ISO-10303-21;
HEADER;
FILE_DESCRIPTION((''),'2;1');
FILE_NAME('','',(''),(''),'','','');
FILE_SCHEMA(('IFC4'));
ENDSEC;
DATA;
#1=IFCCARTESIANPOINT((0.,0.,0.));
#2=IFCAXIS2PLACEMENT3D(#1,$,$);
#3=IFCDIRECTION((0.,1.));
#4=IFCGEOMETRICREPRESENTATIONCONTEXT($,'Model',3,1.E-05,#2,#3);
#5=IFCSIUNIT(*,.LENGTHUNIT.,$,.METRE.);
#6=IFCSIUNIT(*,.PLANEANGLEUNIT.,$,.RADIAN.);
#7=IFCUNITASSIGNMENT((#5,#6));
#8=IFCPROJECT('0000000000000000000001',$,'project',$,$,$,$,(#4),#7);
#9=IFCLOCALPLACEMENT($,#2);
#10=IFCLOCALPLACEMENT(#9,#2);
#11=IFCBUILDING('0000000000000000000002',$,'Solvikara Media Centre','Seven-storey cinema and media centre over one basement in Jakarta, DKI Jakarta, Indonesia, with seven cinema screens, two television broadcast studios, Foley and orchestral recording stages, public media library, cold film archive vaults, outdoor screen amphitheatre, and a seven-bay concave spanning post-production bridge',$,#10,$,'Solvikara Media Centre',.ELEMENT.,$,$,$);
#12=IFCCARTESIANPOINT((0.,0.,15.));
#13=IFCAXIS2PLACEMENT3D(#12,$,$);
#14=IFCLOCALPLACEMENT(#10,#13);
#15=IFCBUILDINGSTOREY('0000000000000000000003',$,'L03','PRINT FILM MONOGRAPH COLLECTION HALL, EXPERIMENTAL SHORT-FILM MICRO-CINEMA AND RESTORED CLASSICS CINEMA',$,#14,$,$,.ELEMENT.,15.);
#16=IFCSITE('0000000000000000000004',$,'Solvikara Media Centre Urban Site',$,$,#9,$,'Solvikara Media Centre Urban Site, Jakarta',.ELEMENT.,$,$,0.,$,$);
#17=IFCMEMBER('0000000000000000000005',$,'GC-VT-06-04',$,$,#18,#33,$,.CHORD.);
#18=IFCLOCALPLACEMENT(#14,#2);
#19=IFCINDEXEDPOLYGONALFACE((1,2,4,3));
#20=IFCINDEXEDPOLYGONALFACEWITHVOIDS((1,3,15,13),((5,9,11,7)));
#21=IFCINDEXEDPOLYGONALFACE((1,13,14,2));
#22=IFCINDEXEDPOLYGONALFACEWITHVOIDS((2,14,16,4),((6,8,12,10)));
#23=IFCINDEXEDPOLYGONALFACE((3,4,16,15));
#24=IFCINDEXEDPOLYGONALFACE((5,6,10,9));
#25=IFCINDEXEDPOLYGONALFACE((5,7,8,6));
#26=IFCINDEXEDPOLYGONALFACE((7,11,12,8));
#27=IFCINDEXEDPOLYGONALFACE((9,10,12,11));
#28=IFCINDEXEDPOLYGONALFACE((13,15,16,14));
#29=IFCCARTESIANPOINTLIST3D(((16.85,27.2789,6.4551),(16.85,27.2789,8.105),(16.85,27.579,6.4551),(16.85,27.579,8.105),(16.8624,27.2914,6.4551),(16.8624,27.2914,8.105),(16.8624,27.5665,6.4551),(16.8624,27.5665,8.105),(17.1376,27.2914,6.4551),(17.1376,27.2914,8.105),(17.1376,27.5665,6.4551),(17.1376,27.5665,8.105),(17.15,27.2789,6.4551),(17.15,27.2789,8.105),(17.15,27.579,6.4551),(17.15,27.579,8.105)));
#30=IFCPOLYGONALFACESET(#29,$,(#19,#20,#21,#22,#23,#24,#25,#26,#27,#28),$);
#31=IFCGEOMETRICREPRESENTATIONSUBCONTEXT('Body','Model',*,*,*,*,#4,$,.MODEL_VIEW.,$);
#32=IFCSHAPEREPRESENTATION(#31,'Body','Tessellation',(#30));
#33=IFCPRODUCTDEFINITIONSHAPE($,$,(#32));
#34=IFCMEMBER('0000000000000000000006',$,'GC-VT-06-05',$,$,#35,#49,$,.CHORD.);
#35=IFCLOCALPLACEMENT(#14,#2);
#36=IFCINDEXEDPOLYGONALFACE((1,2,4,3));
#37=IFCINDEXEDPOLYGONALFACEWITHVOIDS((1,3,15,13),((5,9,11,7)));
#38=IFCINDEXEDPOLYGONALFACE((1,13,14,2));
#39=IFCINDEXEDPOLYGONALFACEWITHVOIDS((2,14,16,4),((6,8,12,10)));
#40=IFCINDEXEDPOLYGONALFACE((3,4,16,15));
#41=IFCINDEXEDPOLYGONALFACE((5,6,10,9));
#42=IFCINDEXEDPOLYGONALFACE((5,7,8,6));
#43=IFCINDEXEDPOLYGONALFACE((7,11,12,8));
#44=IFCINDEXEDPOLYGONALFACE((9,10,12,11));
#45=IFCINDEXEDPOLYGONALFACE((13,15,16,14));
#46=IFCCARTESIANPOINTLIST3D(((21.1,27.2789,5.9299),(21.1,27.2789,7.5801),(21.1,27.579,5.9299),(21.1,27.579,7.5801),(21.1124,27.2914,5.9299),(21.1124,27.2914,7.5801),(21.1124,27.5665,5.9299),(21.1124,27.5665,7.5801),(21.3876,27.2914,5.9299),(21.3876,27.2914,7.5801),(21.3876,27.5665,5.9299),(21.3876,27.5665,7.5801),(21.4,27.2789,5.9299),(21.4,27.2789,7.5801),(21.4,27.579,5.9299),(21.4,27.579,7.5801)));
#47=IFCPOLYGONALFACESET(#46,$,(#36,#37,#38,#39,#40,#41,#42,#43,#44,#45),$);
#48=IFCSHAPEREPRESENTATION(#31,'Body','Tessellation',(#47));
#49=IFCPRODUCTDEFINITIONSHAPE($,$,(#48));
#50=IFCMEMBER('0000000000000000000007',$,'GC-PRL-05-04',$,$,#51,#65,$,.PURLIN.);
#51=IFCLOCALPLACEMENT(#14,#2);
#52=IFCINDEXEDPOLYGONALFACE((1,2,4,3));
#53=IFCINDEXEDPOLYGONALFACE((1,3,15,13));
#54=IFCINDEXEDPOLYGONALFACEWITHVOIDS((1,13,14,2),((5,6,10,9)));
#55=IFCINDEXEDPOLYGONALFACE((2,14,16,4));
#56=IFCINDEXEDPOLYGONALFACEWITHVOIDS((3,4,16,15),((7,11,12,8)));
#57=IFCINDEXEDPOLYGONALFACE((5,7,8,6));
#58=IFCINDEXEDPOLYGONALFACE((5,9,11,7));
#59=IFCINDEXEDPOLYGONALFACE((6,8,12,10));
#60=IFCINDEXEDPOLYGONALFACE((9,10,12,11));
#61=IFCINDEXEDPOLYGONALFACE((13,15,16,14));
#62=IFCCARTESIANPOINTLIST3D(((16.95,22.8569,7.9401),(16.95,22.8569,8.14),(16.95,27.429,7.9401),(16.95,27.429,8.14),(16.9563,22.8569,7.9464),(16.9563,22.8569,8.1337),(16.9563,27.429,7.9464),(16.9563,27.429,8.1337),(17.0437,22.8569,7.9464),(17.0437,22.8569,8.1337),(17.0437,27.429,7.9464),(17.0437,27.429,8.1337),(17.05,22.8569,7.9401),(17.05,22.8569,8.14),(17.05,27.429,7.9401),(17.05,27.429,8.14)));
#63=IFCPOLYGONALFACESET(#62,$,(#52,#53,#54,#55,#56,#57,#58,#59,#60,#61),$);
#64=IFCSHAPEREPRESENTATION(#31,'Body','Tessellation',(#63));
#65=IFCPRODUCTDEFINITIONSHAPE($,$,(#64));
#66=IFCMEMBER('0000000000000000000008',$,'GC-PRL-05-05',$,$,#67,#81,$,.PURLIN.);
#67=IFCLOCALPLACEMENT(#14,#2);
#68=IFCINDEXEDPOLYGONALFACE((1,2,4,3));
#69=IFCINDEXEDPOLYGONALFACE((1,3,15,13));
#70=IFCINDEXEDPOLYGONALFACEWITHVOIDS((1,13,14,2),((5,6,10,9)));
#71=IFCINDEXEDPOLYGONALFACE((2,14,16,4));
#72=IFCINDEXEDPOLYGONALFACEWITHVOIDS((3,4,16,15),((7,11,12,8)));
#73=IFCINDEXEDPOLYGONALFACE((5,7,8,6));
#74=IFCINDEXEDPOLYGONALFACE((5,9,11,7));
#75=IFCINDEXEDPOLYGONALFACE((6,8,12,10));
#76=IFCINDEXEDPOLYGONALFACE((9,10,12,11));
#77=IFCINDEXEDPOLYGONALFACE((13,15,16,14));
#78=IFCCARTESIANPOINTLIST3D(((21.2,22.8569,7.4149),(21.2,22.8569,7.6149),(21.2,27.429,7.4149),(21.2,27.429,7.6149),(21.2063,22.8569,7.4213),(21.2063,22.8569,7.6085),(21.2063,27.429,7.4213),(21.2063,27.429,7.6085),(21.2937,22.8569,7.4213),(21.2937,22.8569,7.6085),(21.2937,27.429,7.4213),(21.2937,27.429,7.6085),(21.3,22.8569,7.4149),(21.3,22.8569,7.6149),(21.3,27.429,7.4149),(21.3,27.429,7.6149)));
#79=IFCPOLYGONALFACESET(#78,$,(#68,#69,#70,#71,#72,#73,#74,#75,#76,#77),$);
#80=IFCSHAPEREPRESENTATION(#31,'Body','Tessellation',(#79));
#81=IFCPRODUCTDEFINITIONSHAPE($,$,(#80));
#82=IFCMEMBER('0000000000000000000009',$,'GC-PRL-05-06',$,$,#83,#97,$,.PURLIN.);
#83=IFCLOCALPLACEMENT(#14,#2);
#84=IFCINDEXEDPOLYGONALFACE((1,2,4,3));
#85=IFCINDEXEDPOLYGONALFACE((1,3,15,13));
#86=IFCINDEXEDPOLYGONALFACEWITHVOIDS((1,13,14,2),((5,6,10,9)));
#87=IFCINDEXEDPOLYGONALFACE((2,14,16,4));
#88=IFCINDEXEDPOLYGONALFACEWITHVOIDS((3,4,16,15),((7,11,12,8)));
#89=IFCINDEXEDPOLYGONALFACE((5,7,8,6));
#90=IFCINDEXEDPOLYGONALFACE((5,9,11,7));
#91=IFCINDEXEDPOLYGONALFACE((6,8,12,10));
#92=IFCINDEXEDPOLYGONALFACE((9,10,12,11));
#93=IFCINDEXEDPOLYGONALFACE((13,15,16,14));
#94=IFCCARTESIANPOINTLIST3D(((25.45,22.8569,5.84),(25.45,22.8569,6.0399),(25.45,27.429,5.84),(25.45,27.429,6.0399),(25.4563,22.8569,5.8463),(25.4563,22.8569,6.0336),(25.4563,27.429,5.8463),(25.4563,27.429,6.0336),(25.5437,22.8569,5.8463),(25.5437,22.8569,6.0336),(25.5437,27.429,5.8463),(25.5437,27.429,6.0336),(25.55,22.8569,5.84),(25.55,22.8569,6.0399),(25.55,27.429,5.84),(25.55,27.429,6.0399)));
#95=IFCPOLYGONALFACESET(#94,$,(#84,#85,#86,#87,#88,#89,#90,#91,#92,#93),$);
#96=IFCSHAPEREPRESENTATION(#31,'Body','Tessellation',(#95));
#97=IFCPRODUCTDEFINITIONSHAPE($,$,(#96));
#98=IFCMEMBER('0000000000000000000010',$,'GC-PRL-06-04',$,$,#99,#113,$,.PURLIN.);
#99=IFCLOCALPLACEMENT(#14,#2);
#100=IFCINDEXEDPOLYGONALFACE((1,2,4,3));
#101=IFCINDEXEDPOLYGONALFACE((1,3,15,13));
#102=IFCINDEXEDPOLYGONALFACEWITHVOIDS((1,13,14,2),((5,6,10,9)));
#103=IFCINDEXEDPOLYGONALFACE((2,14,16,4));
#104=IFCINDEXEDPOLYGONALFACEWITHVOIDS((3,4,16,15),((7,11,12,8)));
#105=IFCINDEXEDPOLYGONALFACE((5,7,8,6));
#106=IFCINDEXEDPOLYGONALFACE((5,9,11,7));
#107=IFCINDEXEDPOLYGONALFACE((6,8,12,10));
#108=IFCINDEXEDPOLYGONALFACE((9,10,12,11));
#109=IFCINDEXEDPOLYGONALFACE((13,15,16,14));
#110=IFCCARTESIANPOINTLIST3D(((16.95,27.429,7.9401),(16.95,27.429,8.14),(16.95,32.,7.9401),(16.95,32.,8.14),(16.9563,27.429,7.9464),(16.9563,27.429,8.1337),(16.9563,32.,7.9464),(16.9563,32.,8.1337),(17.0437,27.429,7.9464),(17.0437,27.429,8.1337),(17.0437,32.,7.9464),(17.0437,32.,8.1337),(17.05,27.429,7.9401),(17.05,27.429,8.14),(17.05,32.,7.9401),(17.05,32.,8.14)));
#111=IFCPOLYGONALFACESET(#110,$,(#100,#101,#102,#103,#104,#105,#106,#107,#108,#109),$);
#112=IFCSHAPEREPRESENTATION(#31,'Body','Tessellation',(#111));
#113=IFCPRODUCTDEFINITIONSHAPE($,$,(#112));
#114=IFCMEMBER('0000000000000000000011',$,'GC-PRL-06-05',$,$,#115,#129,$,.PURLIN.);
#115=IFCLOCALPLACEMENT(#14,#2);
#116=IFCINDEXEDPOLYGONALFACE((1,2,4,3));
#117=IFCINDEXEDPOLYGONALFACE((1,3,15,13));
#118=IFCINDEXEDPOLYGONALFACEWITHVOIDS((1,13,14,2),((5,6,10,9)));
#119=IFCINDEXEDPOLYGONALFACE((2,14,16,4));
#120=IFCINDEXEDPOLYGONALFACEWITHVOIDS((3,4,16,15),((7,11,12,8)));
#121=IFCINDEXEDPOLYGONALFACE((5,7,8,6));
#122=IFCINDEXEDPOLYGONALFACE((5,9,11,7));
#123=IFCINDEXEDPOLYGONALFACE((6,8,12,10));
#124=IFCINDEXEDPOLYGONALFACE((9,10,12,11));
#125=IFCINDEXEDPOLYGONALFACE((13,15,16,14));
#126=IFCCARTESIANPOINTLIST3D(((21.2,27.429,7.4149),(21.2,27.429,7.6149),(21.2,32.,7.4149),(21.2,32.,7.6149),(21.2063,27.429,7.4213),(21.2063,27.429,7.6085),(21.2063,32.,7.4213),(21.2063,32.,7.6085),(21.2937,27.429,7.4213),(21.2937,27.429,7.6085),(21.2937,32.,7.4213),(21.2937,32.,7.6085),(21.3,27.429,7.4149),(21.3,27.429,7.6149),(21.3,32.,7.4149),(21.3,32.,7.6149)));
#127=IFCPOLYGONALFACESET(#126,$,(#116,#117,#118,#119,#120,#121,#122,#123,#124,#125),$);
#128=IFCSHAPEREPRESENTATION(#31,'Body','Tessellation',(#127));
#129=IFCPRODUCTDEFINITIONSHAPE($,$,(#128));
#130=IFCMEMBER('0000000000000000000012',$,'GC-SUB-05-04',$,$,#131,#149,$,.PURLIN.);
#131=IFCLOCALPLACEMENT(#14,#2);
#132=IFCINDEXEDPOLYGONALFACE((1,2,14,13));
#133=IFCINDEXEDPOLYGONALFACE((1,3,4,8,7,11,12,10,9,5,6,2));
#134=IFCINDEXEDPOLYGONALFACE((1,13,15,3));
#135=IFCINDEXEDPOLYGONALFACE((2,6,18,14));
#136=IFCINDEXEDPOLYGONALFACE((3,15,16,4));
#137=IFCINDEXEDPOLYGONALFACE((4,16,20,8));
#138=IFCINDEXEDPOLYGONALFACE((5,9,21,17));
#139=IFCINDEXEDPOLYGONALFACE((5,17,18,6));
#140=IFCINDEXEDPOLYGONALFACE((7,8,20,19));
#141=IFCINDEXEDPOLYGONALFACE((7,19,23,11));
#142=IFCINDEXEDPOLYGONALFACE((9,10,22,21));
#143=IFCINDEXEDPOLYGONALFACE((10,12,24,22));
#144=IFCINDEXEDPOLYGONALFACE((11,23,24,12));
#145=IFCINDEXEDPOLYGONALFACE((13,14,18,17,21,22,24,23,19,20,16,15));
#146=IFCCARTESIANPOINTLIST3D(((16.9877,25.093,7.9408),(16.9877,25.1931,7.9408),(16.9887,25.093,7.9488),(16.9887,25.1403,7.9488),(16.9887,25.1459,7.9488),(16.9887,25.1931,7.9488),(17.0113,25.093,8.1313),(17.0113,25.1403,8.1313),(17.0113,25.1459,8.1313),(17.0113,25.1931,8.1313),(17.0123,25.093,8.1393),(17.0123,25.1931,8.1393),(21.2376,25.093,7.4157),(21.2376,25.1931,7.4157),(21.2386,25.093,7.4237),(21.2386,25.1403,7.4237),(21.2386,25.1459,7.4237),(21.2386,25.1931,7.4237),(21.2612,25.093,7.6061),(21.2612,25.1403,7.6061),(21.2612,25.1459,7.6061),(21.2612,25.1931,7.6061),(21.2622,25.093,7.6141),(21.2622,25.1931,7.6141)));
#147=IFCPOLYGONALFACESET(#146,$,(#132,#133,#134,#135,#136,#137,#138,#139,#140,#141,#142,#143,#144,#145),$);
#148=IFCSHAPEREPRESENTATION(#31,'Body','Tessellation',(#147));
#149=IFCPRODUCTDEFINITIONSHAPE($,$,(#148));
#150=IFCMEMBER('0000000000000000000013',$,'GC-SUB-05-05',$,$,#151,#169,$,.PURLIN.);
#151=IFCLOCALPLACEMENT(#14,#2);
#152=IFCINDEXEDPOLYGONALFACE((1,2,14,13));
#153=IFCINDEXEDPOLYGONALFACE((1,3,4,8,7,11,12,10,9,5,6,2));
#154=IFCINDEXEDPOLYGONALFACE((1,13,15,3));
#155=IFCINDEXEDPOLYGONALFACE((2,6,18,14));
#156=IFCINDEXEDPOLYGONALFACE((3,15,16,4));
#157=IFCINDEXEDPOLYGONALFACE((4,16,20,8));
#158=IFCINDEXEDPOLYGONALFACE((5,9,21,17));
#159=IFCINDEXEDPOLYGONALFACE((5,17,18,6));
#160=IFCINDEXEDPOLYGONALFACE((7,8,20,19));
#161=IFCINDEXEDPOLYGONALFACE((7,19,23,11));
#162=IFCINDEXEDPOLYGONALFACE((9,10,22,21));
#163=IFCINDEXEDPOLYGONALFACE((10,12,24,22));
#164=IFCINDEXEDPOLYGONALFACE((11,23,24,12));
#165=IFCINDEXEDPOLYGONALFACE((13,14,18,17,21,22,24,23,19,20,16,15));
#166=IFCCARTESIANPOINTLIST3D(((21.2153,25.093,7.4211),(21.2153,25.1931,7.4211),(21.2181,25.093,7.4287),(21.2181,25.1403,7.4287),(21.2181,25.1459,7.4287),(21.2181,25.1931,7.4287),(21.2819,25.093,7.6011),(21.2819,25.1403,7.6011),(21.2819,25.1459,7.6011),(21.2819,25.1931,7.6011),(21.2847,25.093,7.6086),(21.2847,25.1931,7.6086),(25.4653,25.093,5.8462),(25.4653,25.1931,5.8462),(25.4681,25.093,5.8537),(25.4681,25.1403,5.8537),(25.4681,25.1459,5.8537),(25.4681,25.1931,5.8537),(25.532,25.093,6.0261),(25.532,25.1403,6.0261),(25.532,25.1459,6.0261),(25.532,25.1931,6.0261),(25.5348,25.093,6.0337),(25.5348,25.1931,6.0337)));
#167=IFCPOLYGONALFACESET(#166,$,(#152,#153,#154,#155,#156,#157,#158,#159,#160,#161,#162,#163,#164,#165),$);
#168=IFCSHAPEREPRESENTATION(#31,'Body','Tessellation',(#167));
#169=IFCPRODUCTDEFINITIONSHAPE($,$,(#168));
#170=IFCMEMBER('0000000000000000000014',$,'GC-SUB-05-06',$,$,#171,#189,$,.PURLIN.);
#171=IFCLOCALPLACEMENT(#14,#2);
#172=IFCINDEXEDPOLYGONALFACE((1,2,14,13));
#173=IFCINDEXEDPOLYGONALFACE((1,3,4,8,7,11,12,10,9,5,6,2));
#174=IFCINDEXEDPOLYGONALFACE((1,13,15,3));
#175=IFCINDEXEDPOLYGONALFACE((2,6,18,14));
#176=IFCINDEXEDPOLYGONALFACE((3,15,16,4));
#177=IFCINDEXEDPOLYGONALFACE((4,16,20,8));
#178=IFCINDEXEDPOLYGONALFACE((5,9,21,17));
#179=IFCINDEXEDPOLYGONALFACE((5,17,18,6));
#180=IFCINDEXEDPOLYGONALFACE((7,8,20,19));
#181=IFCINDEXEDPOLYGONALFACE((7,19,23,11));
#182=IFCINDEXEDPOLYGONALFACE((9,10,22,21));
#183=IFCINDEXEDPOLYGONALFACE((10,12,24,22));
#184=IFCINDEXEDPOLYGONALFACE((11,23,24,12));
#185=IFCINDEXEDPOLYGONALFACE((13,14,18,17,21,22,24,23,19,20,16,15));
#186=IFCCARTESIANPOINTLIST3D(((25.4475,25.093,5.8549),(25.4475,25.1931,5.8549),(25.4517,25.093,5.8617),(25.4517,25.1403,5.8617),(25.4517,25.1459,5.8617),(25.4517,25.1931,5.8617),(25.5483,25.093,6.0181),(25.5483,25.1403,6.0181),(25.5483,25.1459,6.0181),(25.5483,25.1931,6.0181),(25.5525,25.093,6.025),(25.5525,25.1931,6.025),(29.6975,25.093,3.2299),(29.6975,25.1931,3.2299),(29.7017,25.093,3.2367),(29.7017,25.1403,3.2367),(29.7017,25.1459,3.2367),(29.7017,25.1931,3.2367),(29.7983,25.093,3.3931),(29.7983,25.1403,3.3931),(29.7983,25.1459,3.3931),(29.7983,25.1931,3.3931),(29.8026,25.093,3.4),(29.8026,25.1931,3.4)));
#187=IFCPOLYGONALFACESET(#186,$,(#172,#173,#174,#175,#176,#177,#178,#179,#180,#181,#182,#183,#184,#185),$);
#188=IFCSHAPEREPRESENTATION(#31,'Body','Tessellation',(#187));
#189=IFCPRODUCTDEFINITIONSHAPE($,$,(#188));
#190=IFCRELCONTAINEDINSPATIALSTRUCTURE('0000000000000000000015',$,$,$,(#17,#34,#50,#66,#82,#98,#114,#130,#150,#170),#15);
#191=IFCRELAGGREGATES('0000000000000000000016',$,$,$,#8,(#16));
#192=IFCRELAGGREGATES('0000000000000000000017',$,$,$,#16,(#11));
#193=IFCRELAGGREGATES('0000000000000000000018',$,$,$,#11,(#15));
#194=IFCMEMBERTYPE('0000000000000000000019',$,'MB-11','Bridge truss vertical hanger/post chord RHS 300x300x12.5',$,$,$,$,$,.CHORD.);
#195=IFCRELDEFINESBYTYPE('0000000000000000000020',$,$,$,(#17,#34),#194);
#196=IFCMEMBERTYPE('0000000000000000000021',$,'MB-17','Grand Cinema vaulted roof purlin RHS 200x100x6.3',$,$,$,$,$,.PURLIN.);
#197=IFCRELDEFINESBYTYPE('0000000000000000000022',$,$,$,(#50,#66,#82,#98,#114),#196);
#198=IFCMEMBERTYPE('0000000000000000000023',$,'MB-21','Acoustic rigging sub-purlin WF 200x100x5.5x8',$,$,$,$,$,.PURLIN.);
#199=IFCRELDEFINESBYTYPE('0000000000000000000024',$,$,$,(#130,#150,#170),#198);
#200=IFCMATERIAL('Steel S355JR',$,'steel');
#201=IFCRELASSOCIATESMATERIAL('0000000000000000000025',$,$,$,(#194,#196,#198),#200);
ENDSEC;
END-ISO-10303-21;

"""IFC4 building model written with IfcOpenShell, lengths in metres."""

from ifc_helpers import new_model, si_unit, direction, frame, origin, origin_2d, place, context, subcontext, project, spatial, hollow_rectangle, i_section, extrude, material, material_profile, profile_set, type_object, element, save


model = new_model("IFC4")

# Units and contexts
model_context = context("Model", 3, precision=1e-05, world=origin(), true_north=direction((0.0, 1.0)))
body_context = subcontext(model_context, "Body", "Model", "MODEL_VIEW")
ifc_project = project(units=[si_unit("LENGTHUNIT", "METRE"), si_unit("PLANEANGLEUNIT", "RADIAN")], contexts=[model_context])

# Site, building, storey
site_placement = place(None, origin())
site = spatial("IfcSite", under=ifc_project, at=site_placement, Name="Solvikara Media Centre Urban Site", LongName="Solvikara Media Centre Urban Site, Jakarta", CompositionType="ELEMENT", RefElevation=0.0)
building_placement = place(site_placement, origin())
building = spatial("IfcBuilding", under=site, at=building_placement, Name="Solvikara Media Centre", Description="Seven-storey cinema and media centre over one basement in Jakarta, DKI Jakarta, Indonesia, with seven cinema screens, two television broadcast studios, Foley and orchestral recording stages, public media library, cold film archive vaults, outdoor screen amphitheatre, and a seven-bay concave spanning post-production bridge", LongName="Solvikara Media Centre", CompositionType="ELEMENT")
storey_placement = place(building_placement, frame((0.0, 0.0, 15.0)))
storey = spatial("IfcBuildingStorey", under=building, at=storey_placement, Name="L03", Description="PRINT FILM MONOGRAPH COLLECTION HALL, EXPERIMENTAL SHORT-FILM MICRO-CINEMA AND RESTORED CLASSICS CINEMA", CompositionType="ELEMENT", Elevation=15.0)

# Members
ifc_material_1 = material(Name="Steel S355JR", Category="steel")
ifc_material_profile_1 = material_profile(ifc_material_1, hollow_rectangle(XDim=0.3, YDim=0.3, WallThickness=0.0125, at=origin_2d()), Name="RHS 300x300x12.5")
ifc_profile_set_1 = profile_set([ifc_material_profile_1], Name="Steel S355JR")
member_type_1 = type_object("IfcMemberType", Name="MB-11", Description="Bridge truss vertical hanger/post chord RHS 300x300x12.5", PredefinedType="CHORD", material=ifc_profile_set_1)
for number, where, z_axis, x_axis, name in (
    (1, (17.0, 27.429, 6.4551), (0.0, 0.0, 1.0), (1.0, 0.0, 0.0), "GC-VT-06-04"),
):
    element("IfcMember", number, at=place(storey_placement, frame(where, z_axis=z_axis, x_axis=x_axis)), inside=storey, type_object=member_type_1, Name=name, PredefinedType="CHORD", context=body_context, shape_type="SweptSolid", body=[
        extrude(hollow_rectangle(XDim=0.3, YDim=0.3, WallThickness=0.0125, at=origin_2d()), origin(), (0.0, 0.0, 1.0), 1.6499),
    ])
member_1_placement = place(storey_placement, frame((21.25, 27.429, 5.9299), z_axis=(0.0, 0.0, 1.0), x_axis=(1.0, 0.0, 0.0)))
element("IfcMember", 2, at=member_1_placement, inside=storey, type_object=member_type_1, Name="GC-VT-06-05", PredefinedType="CHORD", context=body_context, shape_type="SweptSolid", body=[
    extrude(hollow_rectangle(XDim=0.3, YDim=0.3, WallThickness=0.0125, at=origin_2d()), origin(), (0.0, 0.0, 1.0), 1.6501),
])
ifc_material_profile_2 = material_profile(ifc_material_1, hollow_rectangle(XDim=0.1001, YDim=0.2, WallThickness=0.0063, at=origin_2d()), Name="RHS 200x100x6.3")
ifc_profile_set_2 = profile_set([ifc_material_profile_2], Name="Steel S355JR")
member_type_2 = type_object("IfcMemberType", Name="MB-17", Description="Grand Cinema vaulted roof purlin RHS 200x100x6.3", PredefinedType="PURLIN", material=ifc_profile_set_2)
for number, where, z_axis, x_axis, name in (
    (3, (17.0, 22.8569, 8.04), (0.0, 1.0, 0.0), (-1.0, 0.0, 0.0), "GC-PRL-05-04"),
    (4, (21.25, 22.8569, 7.5149), (0.0, 1.0, 0.0), (-1.0, 0.0, 0.0), "GC-PRL-05-05"),
    (5, (25.5, 22.8569, 5.9399), (0.0, 1.0, 0.0), (-1.0, 0.0, 0.0), "GC-PRL-05-06"),
):
    element("IfcMember", number, at=place(storey_placement, frame(where, z_axis=z_axis, x_axis=x_axis)), inside=storey, type_object=member_type_2, Name=name, PredefinedType="PURLIN", context=body_context, shape_type="SweptSolid", body=[
        extrude(hollow_rectangle(XDim=0.1001, YDim=0.2, WallThickness=0.0063, at=origin_2d()), origin(), (0.0, 0.0, 1.0), 4.572),
    ])
for number, where, z_axis, x_axis, name in (
    (6, (17.0, 27.429, 8.04), (0.0, 1.0, 0.0), (-1.0, 0.0, 0.0), "GC-PRL-06-04"),
    (7, (21.25, 27.429, 7.5149), (0.0, 1.0, 0.0), (-1.0, 0.0, 0.0), "GC-PRL-06-05"),
):
    element("IfcMember", number, at=place(storey_placement, frame(where, z_axis=z_axis, x_axis=x_axis)), inside=storey, type_object=member_type_2, Name=name, PredefinedType="PURLIN", context=body_context, shape_type="SweptSolid", body=[
        extrude(hollow_rectangle(XDim=0.1001, YDim=0.2, WallThickness=0.0063, at=origin_2d()), origin(), (0.0, 0.0, 1.0), 4.571),
    ])
ifc_material_profile_3 = material_profile(ifc_material_1, i_section(OverallWidth=0.1001, OverallDepth=0.2, WebThickness=0.0056, FlangeThickness=0.0081, at=origin_2d()), Name="WF 200x100x5.5x8")
ifc_profile_set_3 = profile_set([ifc_material_profile_3], Name="Steel S355JR")
member_type_3 = type_object("IfcMemberType", Name="MB-21", Description="Acoustic rigging sub-purlin WF 200x100x5.5x8", PredefinedType="PURLIN", material=ifc_profile_set_3)
member_2_placement = place(storey_placement, frame((17.0, 25.1431, 8.04), z_axis=(0.992452, 0.0, -0.122631), x_axis=(0.0, 1.0, 0.0)))
element("IfcMember", 8, at=member_2_placement, inside=storey, type_object=member_type_3, Name="GC-SUB-05-04", PredefinedType="PURLIN", context=body_context, shape_type="SweptSolid", body=[
    extrude(i_section(OverallWidth=0.1001, OverallDepth=0.2, WebThickness=0.0056, FlangeThickness=0.0081, at=origin_2d()), origin(), (0.0, 0.0, 1.0), 4.2822),
])
member_3_placement = place(storey_placement, frame((21.25, 25.1431, 7.5149), z_axis=(0.937686, 0.0, -0.347485), x_axis=(0.0, 1.0, 0.0)))
element("IfcMember", 9, at=member_3_placement, inside=storey, type_object=member_type_3, Name="GC-SUB-05-05", PredefinedType="PURLIN", context=body_context, shape_type="SweptSolid", body=[
    extrude(i_section(OverallWidth=0.1001, OverallDepth=0.2, WebThickness=0.0056, FlangeThickness=0.0081, at=origin_2d()), origin(), (0.0, 0.0, 1.0), 4.5325),
])
member_4_placement = place(storey_placement, frame((25.5, 25.1431, 5.9399), z_axis=(0.850798, 0.0, -0.525493), x_axis=(0.0, 1.0, 0.0)))
element("IfcMember", 10, at=member_4_placement, inside=storey, type_object=member_type_3, Name="GC-SUB-05-06", PredefinedType="PURLIN", context=body_context, shape_type="SweptSolid", body=[
    extrude(i_section(OverallWidth=0.1001, OverallDepth=0.2, WebThickness=0.0056, FlangeThickness=0.0081, at=origin_2d()), origin(), (0.0, 0.0, 1.0), 4.9954),
])

save(model, "model.ifc")
